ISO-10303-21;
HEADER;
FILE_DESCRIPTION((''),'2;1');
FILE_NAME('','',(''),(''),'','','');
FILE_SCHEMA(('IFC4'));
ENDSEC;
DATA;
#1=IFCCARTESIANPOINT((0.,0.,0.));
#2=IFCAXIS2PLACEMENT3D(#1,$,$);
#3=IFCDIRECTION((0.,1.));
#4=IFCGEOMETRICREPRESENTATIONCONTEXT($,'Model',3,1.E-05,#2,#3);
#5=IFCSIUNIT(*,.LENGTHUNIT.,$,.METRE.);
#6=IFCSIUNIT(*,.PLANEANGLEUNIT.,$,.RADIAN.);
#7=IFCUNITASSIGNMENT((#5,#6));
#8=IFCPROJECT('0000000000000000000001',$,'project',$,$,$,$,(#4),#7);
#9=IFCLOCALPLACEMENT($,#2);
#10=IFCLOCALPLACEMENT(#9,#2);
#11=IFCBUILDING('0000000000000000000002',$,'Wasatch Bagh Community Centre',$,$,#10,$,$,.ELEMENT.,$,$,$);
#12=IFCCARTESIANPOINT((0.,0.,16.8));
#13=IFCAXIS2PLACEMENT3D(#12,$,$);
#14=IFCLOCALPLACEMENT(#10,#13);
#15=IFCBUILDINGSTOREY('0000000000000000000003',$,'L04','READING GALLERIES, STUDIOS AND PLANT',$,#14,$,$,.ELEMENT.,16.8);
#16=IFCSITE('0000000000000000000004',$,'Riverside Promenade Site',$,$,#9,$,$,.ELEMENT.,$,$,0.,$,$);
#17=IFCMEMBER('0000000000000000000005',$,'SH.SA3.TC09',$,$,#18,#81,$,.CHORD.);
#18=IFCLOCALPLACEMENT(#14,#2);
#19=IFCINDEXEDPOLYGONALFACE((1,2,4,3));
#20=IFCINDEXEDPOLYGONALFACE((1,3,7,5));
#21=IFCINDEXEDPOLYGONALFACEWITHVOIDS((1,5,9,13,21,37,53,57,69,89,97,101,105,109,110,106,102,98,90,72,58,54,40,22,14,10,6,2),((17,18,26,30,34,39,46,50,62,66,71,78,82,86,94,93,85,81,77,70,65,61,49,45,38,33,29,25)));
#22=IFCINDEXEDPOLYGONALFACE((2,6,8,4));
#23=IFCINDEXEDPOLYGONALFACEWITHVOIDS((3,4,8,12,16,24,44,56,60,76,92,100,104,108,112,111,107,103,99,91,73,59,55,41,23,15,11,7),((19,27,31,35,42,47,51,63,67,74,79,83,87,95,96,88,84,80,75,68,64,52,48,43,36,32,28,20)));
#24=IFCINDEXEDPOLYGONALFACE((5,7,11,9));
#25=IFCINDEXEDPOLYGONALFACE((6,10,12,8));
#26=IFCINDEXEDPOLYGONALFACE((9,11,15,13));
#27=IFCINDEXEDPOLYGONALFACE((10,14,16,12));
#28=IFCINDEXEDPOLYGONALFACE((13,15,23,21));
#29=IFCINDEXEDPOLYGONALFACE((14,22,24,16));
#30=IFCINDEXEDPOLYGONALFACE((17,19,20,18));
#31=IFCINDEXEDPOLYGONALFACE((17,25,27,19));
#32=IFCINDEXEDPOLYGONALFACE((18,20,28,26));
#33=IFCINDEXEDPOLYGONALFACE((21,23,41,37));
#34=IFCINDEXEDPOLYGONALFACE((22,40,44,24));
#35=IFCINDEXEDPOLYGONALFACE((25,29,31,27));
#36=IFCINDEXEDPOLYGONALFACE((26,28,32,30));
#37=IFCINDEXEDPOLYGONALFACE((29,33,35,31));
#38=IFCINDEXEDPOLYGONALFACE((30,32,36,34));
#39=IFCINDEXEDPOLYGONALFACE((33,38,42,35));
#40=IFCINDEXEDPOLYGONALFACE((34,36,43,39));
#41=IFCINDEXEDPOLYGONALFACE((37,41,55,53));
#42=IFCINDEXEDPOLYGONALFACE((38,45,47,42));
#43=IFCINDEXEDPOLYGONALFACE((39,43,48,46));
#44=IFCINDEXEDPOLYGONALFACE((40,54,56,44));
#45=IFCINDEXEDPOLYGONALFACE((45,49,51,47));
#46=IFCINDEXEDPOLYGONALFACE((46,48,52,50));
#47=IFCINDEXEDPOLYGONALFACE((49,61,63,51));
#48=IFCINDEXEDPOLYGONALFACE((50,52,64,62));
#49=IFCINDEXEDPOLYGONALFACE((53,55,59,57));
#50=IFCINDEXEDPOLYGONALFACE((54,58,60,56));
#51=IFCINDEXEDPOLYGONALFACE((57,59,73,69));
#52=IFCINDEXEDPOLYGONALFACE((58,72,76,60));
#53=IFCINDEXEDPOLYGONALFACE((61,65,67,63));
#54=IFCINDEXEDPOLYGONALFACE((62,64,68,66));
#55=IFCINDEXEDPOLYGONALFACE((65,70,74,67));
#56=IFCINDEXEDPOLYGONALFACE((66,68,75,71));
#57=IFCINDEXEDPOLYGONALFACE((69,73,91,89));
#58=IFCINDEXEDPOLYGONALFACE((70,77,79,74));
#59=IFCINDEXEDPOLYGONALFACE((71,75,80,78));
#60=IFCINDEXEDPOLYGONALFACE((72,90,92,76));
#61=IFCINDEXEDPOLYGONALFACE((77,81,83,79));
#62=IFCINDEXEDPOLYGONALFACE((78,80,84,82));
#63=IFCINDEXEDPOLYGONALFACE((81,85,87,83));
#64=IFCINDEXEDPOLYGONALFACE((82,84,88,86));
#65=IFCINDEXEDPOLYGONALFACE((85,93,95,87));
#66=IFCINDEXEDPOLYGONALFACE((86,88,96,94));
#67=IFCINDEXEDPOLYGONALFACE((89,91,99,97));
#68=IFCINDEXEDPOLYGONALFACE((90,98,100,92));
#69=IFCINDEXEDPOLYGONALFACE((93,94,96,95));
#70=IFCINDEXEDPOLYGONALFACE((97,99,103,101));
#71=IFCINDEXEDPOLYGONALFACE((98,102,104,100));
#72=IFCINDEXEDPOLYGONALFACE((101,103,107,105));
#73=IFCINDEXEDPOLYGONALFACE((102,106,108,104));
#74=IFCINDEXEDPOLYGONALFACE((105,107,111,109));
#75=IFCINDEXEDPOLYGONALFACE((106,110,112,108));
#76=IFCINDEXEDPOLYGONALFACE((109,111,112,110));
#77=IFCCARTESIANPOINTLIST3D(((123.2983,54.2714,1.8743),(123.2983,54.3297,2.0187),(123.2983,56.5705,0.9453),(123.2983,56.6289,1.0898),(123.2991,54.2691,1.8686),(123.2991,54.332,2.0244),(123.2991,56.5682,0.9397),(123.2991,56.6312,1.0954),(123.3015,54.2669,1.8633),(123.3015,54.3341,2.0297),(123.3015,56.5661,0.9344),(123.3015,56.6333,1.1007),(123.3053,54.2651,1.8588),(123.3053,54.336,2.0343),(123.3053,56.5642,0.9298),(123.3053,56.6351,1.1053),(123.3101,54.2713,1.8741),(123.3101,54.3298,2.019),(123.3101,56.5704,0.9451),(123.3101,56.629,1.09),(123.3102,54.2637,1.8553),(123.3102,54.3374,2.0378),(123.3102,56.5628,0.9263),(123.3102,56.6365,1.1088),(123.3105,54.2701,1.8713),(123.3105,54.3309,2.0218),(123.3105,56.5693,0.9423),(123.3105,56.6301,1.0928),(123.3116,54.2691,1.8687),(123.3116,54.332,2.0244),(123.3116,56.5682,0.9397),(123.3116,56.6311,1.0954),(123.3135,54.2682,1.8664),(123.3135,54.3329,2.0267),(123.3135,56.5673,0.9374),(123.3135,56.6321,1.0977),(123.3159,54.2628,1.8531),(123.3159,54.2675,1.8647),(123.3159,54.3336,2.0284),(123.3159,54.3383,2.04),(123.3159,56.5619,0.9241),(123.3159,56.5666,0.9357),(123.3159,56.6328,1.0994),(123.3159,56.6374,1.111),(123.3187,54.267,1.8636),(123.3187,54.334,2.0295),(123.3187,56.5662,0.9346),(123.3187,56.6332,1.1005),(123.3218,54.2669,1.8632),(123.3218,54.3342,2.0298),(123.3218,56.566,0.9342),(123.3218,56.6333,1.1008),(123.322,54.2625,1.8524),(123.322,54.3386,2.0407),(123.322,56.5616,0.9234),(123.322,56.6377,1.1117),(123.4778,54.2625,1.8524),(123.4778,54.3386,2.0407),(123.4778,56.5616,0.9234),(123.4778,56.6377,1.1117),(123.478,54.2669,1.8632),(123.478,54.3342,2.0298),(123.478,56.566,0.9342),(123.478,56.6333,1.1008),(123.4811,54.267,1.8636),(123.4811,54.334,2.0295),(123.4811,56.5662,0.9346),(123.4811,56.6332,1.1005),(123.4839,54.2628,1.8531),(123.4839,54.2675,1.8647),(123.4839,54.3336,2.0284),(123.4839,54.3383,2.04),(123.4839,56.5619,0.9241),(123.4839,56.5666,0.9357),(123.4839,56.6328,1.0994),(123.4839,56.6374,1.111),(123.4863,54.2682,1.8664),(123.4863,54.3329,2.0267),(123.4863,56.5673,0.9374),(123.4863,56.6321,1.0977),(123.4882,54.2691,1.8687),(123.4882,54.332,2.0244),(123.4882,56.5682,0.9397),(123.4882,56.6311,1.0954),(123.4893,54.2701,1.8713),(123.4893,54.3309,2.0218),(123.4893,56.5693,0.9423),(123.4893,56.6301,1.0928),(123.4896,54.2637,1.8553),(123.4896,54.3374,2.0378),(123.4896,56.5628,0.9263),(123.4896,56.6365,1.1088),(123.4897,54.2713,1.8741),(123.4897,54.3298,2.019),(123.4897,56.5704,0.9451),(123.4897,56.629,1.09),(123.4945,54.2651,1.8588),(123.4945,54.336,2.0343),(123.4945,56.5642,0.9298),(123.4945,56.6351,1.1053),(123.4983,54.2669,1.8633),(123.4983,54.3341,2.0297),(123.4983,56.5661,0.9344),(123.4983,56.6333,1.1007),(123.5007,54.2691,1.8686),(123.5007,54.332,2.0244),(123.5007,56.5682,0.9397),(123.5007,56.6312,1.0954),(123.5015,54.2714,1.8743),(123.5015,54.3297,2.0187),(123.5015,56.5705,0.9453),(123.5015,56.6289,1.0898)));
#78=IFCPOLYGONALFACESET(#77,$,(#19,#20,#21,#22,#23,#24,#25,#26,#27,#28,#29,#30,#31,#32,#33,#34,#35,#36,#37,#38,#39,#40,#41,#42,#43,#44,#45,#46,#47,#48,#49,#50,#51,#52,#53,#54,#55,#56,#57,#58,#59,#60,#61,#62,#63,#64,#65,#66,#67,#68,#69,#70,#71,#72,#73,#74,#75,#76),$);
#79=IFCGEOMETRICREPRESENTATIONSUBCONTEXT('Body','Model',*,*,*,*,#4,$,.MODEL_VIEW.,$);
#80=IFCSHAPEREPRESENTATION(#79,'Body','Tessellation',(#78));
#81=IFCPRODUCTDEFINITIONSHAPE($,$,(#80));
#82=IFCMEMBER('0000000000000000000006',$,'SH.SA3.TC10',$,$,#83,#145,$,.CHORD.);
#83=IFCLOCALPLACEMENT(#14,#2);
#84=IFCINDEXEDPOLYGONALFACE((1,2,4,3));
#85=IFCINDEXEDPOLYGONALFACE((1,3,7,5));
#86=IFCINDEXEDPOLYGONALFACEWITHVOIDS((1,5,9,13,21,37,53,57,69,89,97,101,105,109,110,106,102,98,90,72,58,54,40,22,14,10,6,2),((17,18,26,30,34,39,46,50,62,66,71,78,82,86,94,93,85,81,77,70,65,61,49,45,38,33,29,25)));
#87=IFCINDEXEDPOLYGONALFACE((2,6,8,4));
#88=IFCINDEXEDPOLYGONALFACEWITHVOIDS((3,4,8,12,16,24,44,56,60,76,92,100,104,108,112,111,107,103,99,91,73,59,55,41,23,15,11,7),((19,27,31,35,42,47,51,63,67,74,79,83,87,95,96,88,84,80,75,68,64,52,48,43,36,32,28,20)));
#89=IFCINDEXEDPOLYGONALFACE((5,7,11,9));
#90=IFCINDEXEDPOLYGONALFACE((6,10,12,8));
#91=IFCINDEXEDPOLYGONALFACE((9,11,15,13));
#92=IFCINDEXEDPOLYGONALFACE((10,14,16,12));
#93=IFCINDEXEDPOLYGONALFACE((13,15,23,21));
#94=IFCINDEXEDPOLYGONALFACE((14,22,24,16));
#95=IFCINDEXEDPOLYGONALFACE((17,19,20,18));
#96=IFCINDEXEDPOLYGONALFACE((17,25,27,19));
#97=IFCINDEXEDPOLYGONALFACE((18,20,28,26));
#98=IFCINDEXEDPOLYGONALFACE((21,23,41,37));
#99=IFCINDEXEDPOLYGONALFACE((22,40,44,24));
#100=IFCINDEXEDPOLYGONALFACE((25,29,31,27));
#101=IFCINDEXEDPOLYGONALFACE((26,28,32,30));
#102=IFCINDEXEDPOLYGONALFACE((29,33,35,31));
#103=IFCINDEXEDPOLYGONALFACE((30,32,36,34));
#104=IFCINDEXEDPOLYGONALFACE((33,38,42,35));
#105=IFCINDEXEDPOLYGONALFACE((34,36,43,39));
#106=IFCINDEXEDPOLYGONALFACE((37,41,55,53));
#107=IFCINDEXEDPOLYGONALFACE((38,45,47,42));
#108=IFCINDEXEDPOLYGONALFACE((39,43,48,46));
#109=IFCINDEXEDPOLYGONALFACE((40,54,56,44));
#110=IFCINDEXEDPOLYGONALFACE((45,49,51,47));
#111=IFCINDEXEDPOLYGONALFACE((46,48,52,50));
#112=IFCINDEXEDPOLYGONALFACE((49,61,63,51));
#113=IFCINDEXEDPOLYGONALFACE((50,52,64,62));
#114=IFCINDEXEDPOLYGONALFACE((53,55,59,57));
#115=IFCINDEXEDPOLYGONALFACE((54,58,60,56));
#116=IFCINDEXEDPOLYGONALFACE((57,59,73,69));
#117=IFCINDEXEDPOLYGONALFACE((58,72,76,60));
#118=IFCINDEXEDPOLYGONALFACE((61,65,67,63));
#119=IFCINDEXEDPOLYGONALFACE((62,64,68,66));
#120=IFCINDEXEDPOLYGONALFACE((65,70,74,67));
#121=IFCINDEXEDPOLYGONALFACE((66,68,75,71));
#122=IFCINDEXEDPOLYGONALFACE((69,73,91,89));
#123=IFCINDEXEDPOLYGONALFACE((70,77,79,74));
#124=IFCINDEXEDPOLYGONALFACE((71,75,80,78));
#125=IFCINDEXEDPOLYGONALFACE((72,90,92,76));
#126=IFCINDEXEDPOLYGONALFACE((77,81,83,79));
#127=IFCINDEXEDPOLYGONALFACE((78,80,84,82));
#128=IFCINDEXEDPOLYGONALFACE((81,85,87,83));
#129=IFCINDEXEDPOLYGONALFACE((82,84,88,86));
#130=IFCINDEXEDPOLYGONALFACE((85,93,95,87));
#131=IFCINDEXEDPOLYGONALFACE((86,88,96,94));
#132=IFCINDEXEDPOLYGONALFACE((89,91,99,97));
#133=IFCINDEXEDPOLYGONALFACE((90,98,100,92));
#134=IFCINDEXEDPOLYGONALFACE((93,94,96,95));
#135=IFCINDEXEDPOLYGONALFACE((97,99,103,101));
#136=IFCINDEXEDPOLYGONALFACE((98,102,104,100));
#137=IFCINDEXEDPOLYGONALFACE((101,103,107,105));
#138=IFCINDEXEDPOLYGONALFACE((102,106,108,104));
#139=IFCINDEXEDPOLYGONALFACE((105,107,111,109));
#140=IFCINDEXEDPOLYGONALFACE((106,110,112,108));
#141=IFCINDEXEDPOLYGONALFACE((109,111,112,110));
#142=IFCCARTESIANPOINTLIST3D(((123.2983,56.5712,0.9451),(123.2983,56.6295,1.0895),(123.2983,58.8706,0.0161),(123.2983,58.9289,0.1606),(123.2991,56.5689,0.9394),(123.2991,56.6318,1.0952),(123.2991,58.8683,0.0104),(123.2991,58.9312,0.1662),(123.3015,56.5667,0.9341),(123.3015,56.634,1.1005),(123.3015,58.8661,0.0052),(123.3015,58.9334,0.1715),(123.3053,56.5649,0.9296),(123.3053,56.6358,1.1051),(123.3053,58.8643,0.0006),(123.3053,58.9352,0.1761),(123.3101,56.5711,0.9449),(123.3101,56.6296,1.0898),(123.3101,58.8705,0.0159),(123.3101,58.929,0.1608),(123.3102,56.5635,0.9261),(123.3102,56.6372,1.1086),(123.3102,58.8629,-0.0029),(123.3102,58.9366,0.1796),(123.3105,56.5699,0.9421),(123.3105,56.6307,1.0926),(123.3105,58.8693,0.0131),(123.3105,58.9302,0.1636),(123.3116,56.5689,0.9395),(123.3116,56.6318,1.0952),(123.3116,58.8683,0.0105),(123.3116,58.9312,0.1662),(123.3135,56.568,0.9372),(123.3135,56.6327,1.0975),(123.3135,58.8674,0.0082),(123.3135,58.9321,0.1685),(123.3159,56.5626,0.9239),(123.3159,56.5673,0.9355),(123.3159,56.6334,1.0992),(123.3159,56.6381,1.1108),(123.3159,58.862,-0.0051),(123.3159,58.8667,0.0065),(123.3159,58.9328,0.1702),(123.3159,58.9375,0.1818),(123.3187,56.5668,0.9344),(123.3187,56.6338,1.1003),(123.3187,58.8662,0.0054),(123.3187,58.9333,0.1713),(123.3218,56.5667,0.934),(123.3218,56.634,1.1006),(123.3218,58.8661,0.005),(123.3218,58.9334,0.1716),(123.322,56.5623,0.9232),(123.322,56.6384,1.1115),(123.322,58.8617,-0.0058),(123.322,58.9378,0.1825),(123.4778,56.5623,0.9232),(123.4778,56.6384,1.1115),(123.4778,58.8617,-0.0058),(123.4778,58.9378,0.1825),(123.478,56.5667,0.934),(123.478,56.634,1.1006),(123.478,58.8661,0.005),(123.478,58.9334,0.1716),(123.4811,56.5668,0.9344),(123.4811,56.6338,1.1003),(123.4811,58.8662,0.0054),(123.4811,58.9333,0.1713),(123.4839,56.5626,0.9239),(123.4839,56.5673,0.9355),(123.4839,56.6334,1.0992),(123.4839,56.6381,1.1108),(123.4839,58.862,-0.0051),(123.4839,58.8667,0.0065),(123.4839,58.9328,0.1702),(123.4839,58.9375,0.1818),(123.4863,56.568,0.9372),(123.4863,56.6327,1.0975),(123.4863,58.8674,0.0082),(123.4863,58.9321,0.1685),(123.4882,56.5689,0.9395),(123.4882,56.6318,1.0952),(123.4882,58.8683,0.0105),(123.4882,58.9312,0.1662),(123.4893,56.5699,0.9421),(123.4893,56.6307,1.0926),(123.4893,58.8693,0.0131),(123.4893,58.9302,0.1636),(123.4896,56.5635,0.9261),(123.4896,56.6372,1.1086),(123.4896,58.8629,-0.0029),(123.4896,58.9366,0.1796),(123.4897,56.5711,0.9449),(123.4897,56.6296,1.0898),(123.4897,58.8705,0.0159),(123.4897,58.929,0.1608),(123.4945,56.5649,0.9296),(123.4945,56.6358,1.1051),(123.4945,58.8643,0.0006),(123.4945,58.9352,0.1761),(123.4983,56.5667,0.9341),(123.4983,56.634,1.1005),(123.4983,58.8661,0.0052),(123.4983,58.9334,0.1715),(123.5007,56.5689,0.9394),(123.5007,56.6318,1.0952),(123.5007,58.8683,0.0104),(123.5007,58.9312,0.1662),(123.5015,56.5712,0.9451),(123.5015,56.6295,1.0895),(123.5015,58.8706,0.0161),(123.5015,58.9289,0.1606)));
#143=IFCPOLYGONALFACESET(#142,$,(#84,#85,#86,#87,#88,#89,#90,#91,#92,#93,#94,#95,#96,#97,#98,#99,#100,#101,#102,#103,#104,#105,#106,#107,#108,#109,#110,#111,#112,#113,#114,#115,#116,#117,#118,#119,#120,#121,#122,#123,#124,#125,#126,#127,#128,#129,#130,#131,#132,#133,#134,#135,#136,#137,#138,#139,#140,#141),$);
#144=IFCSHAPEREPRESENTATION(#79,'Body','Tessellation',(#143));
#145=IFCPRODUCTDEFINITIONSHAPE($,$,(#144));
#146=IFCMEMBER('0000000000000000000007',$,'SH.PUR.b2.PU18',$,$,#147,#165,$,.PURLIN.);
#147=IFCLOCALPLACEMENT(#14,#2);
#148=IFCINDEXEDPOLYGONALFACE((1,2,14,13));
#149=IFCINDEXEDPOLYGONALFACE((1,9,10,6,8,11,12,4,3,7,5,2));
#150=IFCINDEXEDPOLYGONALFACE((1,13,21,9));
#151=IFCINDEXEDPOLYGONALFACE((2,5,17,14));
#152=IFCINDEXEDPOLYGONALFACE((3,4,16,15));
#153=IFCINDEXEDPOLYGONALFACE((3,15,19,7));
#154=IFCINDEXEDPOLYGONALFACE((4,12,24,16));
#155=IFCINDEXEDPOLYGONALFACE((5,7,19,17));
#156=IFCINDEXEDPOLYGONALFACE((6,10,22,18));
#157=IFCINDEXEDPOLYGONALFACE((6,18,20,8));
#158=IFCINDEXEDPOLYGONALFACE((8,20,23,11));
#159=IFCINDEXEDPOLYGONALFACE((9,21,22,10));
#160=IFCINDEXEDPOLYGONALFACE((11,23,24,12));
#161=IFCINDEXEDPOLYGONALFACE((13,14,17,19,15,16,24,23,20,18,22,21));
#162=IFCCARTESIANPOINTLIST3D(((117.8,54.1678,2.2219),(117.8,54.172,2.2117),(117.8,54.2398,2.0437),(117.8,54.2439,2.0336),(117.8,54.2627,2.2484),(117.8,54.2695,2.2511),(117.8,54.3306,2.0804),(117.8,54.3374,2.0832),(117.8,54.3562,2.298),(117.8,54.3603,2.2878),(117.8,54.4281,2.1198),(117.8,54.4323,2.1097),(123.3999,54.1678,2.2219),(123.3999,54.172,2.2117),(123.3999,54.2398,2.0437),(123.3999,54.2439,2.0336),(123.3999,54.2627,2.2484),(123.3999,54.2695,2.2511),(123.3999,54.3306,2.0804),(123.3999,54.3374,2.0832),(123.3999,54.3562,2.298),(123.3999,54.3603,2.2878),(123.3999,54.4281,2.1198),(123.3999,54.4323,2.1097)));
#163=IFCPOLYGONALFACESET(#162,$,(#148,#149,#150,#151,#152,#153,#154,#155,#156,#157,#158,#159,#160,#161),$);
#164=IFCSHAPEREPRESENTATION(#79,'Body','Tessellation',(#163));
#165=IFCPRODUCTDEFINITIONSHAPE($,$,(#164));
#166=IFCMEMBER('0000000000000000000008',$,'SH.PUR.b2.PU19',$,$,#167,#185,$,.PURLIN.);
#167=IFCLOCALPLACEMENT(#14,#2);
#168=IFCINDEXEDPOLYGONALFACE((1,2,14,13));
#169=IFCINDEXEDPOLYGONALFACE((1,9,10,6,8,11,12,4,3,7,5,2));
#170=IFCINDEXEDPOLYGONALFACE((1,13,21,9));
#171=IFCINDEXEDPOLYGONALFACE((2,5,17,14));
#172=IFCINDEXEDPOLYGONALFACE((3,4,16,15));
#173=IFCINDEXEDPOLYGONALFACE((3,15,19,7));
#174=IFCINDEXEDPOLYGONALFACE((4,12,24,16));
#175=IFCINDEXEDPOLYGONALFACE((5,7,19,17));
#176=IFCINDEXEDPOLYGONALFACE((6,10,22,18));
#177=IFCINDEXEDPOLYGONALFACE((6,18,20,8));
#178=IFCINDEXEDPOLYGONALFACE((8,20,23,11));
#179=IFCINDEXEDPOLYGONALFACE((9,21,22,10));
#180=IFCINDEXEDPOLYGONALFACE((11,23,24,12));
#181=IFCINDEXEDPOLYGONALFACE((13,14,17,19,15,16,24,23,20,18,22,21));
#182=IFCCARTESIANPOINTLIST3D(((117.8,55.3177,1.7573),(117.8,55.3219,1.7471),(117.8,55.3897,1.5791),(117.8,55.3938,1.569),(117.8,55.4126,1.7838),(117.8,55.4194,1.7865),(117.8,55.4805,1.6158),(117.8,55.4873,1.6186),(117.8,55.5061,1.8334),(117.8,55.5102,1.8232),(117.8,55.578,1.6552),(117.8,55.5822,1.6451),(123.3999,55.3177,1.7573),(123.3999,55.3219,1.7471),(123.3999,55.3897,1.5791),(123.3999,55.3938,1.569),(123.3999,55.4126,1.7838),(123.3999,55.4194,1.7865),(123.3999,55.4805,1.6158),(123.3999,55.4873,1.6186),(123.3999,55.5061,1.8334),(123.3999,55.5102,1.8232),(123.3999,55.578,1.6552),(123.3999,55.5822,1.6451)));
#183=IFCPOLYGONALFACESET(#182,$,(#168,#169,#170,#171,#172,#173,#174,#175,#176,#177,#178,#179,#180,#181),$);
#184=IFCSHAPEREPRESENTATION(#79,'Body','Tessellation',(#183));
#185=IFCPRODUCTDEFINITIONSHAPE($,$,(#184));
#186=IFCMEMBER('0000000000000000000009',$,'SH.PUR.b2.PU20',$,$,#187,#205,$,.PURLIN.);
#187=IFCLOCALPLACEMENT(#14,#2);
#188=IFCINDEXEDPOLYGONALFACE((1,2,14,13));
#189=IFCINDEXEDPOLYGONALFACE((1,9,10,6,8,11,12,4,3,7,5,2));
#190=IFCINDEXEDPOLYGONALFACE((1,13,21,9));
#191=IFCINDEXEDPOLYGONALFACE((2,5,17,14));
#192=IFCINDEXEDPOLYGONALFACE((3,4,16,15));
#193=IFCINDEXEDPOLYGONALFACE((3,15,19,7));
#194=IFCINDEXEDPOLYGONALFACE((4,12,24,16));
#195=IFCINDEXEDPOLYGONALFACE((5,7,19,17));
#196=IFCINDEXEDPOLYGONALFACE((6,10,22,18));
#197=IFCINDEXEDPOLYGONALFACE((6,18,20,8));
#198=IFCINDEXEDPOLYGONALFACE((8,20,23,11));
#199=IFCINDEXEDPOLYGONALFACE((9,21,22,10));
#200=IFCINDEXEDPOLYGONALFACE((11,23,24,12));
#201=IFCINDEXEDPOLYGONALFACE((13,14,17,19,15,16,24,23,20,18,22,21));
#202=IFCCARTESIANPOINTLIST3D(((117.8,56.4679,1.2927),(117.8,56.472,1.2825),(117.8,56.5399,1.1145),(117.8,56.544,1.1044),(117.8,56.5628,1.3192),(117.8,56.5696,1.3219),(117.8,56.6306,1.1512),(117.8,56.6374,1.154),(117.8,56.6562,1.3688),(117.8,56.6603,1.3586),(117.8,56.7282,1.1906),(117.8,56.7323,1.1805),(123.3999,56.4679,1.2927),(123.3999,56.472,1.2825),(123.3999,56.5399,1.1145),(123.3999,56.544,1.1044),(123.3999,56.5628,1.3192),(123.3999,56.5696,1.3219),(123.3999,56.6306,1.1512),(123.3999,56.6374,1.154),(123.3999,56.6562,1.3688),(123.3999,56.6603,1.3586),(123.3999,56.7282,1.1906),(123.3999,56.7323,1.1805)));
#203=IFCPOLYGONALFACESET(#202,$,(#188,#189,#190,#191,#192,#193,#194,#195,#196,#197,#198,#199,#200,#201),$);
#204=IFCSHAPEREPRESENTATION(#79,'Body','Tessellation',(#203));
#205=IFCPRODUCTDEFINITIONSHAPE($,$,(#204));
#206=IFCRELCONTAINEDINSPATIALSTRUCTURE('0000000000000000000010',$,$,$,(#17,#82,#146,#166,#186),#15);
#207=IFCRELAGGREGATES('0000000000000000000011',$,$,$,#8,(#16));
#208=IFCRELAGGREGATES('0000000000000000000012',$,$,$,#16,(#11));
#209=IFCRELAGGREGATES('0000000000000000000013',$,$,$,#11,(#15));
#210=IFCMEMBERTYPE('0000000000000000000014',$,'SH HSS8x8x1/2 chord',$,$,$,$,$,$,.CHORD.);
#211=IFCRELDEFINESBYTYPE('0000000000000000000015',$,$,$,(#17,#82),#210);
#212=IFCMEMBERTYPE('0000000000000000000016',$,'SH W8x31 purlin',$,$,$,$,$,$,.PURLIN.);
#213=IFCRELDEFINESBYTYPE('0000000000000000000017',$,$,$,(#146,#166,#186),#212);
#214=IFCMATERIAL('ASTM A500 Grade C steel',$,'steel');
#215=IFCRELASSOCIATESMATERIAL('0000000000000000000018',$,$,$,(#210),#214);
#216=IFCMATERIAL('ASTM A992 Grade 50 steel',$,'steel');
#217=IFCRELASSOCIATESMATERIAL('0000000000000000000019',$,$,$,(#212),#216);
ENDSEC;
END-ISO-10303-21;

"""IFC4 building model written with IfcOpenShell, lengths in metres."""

from ifc_helpers import new_model, si_unit, direction, frame, origin, origin_2d, place, context, subcontext, project, spatial, hollow_rectangle, i_section, extrude, material, material_profile, profile_set, type_object, element, save


model = new_model("IFC4")

# Units and contexts
model_context = context("Model", 3, precision=1e-05, world=origin(), true_north=direction((0.0, 1.0)))
body_context = subcontext(model_context, "Body", "Model", "MODEL_VIEW")
ifc_project = project(units=[si_unit("LENGTHUNIT", "METRE"), si_unit("PLANEANGLEUNIT", "RADIAN")], contexts=[model_context])

# Site, building, storey
site_placement = place(None, origin())
site = spatial("IfcSite", under=ifc_project, at=site_placement, Name="Riverside Promenade Site", CompositionType="ELEMENT", RefElevation=0.0)
building_placement = place(site_placement, origin())
building = spatial("IfcBuilding", under=site, at=building_placement, Name="Wasatch Bagh Community Centre", CompositionType="ELEMENT")
storey_placement = place(building_placement, frame((0.0, 0.0, 16.8)))
storey = spatial("IfcBuildingStorey", under=building, at=storey_placement, Name="L04", Description="READING GALLERIES, STUDIOS AND PLANT", CompositionType="ELEMENT", Elevation=16.8)

# Members
ifc_material_1 = material(Name="ASTM A500 Grade C steel", Category="steel")
ifc_material_profile_1 = material_profile(ifc_material_1, hollow_rectangle(XDim=0.2031, YDim=0.2031, WallThickness=0.0117, InnerFilletRadius=0.0117, OuterFilletRadius=0.0237, at=origin_2d()), Name="HSS8x8x1/2")
ifc_profile_set_1 = profile_set([ifc_material_profile_1], Name="ASTM A500 Grade C steel")
member_type_1 = type_object("IfcMemberType", Name="SH HSS8x8x1/2 chord", PredefinedType="CHORD", material=ifc_profile_set_1)
member_1_placement = place(storey_placement, frame((123.3999, 54.3005, 1.9465), z_axis=(0.0, 0.927174, -0.374631), x_axis=(-1.0, 0.0, 0.0)))
element("IfcMember", 1, at=member_1_placement, inside=storey, type_object=member_type_1, Name="SH.SA3.TC09", PredefinedType="CHORD", context=body_context, shape_type="SweptSolid", body=[
    extrude(hollow_rectangle(XDim=0.2031, YDim=0.2031, WallThickness=0.0117, InnerFilletRadius=0.0117, OuterFilletRadius=0.0237, at=origin_2d()), origin(), (0.0, 0.0, 1.0), 2.4797),
])
member_2_placement = place(storey_placement, frame((123.3999, 56.6003, 1.0173), z_axis=(0.0, 0.927188, -0.374597), x_axis=(-1.0, 0.0, 0.0)))
element("IfcMember", 2, at=member_2_placement, inside=storey, type_object=member_type_1, Name="SH.SA3.TC10", PredefinedType="CHORD", context=body_context, shape_type="SweptSolid", body=[
    extrude(hollow_rectangle(XDim=0.2031, YDim=0.2031, WallThickness=0.0117, InnerFilletRadius=0.0117, OuterFilletRadius=0.0237, at=origin_2d()), origin(), (0.0, 0.0, 1.0), 2.48),
])
ifc_material_2 = material(Name="ASTM A992 Grade 50 steel", Category="steel")
ifc_material_profile_2 = material_profile(ifc_material_2, i_section(OverallWidth=0.2031, OverallDepth=0.2031, WebThickness=0.0073, FlangeThickness=0.011, at=origin_2d()), Name="W8x31")
ifc_profile_set_2 = profile_set([ifc_material_profile_2], Name="ASTM A992 Grade 50 steel")
member_type_2 = type_object("IfcMemberType", Name="SH W8x31 purlin", PredefinedType="PURLIN", material=ifc_profile_set_2)
for number, where, z_axis, x_axis, name in (
    (3, (117.8, 54.3, 2.1658), (1.0, 0.0, 0.0), (0.0, 0.927184, 0.374607), "SH.PUR.b2.PU18"),
    (4, (117.8, 55.45, 1.7012), (1.0, 0.0, 0.0), (0.0, 0.927184, 0.374607), "SH.PUR.b2.PU19"),
    (5, (117.8, 56.6001, 1.2366), (1.0, 0.0, 0.0), (0.0, 0.927184, 0.374607), "SH.PUR.b2.PU20"),
):
    element("IfcMember", number, at=place(storey_placement, frame(where, z_axis=z_axis, x_axis=x_axis)), inside=storey, type_object=member_type_2, Name=name, PredefinedType="PURLIN", context=body_context, shape_type="SweptSolid", body=[
        extrude(i_section(OverallWidth=0.2031, OverallDepth=0.2031, WebThickness=0.0073, FlangeThickness=0.011, at=origin_2d()), origin(), (0.0, 0.0, 1.0), 5.5999),
    ])

save(model, "model.ifc")
